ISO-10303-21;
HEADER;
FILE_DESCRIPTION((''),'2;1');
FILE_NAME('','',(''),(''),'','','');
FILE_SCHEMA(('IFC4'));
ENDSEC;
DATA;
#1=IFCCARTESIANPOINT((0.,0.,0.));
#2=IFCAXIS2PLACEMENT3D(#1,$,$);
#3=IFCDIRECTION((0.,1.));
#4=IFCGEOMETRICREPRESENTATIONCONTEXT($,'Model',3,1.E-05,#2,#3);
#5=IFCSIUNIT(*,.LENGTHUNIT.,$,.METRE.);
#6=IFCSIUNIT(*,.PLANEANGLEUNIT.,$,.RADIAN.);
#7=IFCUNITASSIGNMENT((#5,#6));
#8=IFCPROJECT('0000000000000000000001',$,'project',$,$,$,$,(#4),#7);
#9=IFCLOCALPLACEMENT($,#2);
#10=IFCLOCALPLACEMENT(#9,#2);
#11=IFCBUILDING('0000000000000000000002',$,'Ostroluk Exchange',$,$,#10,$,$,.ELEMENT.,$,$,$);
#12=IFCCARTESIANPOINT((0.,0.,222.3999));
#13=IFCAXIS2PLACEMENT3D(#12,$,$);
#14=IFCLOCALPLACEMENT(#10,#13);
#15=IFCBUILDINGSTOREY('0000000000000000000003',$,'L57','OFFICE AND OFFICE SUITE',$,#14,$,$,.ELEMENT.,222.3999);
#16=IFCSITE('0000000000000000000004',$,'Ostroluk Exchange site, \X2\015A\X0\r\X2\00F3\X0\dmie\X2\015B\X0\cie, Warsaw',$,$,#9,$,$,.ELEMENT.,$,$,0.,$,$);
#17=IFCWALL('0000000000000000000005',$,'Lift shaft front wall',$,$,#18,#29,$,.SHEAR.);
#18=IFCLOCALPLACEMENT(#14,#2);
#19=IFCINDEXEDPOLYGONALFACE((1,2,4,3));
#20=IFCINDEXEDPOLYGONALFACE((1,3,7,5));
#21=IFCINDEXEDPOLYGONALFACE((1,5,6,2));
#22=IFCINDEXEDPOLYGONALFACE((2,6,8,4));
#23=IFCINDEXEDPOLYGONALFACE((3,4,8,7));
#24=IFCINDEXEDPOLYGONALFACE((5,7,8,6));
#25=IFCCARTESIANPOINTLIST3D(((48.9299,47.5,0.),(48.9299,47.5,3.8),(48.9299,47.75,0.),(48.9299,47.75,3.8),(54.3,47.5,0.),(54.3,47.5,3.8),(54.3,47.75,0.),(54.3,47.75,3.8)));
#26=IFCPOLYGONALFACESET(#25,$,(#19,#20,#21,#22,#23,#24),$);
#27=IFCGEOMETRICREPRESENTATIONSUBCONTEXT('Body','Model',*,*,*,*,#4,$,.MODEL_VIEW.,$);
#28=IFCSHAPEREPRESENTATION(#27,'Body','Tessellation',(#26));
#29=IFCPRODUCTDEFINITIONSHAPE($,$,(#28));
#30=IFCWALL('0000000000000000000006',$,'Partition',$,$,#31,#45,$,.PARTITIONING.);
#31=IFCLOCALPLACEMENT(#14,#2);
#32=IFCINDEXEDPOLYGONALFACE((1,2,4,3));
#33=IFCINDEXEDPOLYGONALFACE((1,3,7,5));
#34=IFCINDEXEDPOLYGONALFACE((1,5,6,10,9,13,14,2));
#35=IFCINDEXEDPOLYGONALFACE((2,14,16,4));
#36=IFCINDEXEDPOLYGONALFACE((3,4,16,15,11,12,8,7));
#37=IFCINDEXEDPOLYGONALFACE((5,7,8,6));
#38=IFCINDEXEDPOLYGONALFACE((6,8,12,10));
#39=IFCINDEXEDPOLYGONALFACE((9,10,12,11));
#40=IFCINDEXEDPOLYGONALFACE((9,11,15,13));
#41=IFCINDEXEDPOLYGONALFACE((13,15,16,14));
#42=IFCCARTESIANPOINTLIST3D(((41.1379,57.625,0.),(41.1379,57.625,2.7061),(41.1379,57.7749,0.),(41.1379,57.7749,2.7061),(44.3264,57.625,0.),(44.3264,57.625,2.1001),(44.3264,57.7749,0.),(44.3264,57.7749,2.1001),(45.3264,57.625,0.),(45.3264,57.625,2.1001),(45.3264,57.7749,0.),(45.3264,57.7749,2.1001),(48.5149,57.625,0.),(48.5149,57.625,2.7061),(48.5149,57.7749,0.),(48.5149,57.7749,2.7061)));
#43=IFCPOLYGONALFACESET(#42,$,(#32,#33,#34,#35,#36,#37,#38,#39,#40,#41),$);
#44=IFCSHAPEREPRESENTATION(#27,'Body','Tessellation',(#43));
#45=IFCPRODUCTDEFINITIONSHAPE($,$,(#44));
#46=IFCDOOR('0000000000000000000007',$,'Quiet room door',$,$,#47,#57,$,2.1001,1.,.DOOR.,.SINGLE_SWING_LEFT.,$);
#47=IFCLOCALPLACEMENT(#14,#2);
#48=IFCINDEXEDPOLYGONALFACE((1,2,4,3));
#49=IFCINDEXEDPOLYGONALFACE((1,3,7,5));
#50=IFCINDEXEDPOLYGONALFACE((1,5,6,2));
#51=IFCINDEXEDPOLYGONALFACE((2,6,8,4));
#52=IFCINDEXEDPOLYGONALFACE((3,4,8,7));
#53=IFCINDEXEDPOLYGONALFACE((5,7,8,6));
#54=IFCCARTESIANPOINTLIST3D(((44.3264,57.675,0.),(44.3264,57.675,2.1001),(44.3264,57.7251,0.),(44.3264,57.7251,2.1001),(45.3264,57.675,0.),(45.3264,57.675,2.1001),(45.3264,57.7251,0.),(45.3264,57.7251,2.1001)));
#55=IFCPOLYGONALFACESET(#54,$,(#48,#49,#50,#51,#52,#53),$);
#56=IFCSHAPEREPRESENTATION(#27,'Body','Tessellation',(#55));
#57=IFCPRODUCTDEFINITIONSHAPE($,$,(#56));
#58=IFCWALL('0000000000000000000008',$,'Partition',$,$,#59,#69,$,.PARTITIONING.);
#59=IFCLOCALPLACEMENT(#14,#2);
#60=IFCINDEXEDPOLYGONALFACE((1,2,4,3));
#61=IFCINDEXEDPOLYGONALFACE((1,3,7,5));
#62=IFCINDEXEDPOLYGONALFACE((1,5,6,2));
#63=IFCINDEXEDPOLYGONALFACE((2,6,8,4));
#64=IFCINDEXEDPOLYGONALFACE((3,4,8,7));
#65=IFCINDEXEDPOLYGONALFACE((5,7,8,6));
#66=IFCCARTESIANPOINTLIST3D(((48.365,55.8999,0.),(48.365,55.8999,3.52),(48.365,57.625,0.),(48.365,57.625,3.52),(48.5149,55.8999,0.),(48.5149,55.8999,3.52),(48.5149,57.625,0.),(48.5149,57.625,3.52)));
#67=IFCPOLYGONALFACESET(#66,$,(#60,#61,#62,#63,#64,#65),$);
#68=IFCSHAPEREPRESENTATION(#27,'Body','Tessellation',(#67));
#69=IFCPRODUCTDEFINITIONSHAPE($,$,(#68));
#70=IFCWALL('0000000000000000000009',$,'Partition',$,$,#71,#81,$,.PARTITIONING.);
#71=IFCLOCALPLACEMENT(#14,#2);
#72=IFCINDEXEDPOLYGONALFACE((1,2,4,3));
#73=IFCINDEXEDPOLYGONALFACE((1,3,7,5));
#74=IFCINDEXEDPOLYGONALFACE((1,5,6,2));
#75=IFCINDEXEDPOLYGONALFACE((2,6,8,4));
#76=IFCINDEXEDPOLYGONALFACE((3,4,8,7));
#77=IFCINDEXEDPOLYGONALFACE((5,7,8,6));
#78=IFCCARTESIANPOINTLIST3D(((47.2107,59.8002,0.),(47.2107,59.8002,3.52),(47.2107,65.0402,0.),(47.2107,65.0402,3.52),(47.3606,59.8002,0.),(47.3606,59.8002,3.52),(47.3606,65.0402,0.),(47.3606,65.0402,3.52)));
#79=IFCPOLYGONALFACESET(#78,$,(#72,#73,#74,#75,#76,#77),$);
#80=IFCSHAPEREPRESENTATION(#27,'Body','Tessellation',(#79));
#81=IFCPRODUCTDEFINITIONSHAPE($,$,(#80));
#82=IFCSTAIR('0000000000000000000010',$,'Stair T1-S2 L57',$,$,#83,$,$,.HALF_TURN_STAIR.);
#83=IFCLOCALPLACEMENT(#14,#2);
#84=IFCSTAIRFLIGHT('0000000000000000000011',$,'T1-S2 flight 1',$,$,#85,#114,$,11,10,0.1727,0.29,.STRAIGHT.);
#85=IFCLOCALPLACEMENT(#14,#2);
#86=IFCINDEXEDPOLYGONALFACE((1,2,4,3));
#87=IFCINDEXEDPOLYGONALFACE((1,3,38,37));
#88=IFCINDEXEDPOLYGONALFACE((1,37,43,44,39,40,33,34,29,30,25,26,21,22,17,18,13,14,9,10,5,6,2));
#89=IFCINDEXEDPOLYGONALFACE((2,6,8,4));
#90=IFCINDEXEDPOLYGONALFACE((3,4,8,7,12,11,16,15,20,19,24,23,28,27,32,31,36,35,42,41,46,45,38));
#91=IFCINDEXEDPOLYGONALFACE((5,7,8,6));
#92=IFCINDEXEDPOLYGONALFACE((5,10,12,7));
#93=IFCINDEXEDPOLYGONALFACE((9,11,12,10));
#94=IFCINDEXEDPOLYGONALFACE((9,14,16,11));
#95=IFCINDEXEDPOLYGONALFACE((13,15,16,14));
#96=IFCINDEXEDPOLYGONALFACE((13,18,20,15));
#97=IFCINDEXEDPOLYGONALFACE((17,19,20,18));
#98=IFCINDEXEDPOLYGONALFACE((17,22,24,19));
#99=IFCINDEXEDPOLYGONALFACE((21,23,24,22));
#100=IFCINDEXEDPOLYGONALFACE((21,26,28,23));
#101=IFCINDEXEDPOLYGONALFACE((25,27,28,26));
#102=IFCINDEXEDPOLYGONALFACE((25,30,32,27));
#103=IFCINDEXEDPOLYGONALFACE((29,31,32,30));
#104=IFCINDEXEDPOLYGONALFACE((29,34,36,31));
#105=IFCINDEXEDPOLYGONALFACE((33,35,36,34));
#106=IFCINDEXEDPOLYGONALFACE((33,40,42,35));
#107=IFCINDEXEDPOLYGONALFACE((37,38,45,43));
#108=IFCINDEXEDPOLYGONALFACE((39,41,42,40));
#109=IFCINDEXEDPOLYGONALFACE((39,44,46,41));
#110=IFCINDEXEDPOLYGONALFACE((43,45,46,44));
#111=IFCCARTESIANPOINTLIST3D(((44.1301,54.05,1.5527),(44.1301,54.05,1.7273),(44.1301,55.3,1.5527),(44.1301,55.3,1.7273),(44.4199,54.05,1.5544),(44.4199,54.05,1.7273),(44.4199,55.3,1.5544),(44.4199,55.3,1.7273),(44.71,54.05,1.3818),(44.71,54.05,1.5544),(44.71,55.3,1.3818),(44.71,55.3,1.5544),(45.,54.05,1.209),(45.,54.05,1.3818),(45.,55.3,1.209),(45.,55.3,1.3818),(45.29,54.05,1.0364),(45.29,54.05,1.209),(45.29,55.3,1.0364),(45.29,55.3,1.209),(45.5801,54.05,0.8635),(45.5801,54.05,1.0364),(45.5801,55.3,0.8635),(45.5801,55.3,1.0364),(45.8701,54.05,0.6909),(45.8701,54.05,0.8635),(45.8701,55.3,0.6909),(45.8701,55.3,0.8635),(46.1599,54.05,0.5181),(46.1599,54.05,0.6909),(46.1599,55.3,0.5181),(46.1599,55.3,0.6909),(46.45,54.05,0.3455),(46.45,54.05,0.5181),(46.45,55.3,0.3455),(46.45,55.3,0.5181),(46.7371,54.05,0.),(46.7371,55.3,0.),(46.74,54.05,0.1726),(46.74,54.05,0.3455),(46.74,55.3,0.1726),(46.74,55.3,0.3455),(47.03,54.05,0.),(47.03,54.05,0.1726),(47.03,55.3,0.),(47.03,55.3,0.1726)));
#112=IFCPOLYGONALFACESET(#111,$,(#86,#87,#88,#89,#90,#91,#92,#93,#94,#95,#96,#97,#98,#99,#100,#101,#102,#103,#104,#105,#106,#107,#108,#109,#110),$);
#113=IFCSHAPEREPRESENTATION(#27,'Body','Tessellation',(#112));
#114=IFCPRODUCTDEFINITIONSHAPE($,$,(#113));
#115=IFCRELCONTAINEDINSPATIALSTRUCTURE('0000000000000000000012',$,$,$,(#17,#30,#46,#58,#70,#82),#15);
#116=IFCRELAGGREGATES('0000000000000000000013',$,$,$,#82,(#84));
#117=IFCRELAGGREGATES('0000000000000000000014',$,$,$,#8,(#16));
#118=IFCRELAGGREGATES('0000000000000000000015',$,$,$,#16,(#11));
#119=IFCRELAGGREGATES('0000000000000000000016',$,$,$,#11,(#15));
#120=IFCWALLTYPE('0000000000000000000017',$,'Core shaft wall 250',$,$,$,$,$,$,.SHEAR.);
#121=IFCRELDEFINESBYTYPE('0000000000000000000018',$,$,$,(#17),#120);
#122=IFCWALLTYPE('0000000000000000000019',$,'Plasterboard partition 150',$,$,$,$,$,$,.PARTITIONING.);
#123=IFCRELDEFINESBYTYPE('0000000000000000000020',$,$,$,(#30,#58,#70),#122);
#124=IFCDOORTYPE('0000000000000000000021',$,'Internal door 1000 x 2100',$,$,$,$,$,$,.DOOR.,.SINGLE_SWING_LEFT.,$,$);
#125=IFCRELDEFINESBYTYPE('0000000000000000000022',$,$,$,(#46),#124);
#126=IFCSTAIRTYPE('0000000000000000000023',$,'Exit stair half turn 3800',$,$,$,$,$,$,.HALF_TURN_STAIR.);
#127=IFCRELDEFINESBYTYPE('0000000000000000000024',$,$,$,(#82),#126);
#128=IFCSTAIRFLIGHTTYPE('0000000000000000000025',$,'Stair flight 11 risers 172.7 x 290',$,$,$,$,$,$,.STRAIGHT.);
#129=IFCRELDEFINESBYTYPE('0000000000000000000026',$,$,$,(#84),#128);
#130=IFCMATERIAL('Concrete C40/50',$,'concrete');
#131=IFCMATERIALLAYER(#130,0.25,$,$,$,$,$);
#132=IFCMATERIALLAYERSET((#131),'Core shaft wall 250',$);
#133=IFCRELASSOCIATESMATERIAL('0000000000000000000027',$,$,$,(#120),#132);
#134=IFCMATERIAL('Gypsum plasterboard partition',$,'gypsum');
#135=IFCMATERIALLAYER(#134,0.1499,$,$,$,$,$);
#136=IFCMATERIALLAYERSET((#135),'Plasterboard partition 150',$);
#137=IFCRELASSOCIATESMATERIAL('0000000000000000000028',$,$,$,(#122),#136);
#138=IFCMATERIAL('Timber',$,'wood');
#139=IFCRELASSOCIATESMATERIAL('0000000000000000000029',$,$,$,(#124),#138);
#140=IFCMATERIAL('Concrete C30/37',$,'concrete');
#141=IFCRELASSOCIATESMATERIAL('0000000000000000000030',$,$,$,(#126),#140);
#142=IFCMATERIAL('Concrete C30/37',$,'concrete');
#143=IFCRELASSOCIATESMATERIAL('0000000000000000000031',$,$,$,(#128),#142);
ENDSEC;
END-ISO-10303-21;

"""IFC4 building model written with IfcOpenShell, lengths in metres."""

from ifc_helpers import new_model, si_unit, direction, frame, frame_2d, origin, place, context, subcontext, project, spatial, polyline, rectangle, outline, extrude, material, layer, layer_set, type_object, element, fill, aggregate, save


model = new_model("IFC4")

# Units and contexts
model_context = context("Model", 3, precision=1e-05, world=origin(), true_north=direction((0.0, 1.0)))
body_context = subcontext(model_context, "Body", "Model", "MODEL_VIEW")
ifc_project = project(units=[si_unit("LENGTHUNIT", "METRE"), si_unit("PLANEANGLEUNIT", "RADIAN")], contexts=[model_context])

# Site, building, storey
site_placement = place(None, origin())
site = spatial("IfcSite", under=ifc_project, at=site_placement, Name="Ostroluk Exchange site, Śródmieście, Warsaw", CompositionType="ELEMENT", RefElevation=0.0)
building_placement = place(site_placement, origin())
building = spatial("IfcBuilding", under=site, at=building_placement, Name="Ostroluk Exchange", CompositionType="ELEMENT")
storey_placement = place(building_placement, frame((0.0, 0.0, 222.3999)))
storey = spatial("IfcBuildingStorey", under=building, at=storey_placement, Name="L57", Description="OFFICE AND OFFICE SUITE", CompositionType="ELEMENT", Elevation=222.3999)

# Shared definitions
ifc_material_1 = material(Name="Concrete C40/50", Category="concrete")
ifc_layer_1 = layer(ifc_material_1, 0.25)
ifc_layer_set_1 = layer_set([ifc_layer_1], Name="Core shaft wall 250")
wall_type_1 = type_object("IfcWallType", Name="Core shaft wall 250", PredefinedType="SHEAR", material=ifc_layer_set_1)

# Wall
wall_1_placement = place(storey_placement, frame((48.9299, 47.625, 0.0), z_axis=(0.0, 0.0, 1.0), x_axis=(1.0, 0.0, 0.0)))
element("IfcWall", 1, at=wall_1_placement, inside=storey, type_object=wall_type_1, Name="Lift shaft front wall", PredefinedType="SHEAR", context=body_context, shape_type="SweptSolid", body=[
    extrude(rectangle(XDim=5.3701, YDim=0.25, at=frame_2d((2.6851, 0.0))), origin(), (0.0, 0.0, 1.0), 3.8),
])

# Wall, opening, door
ifc_material_2 = material(Name="Gypsum plasterboard partition", Category="gypsum")
ifc_layer_2 = layer(ifc_material_2, 0.1499)
ifc_layer_set_2 = layer_set([ifc_layer_2], Name="Plasterboard partition 150")
wall_type_2 = type_object("IfcWallType", Name="Plasterboard partition 150", PredefinedType="PARTITIONING", material=ifc_layer_set_2)
wall_2_placement = place(storey_placement, frame((48.5149, 57.7, 0.0), z_axis=(0.0, 0.0, 1.0), x_axis=(-1.0, 0.0, 0.0)))
wall_2 = element("IfcWall", 2, at=wall_2_placement, inside=storey, type_object=wall_type_2, Name="Partition", PredefinedType="PARTITIONING", context=body_context, shape_type="SweptSolid", body=[
    extrude(rectangle(XDim=7.377, YDim=0.1499, at=frame_2d((3.6885, 0.0))), origin(), (0.0, 0.0, 1.0), 2.7061),
])
opening_1_placement = place(wall_2_placement, frame((3.1885, 0.0, 0.0)))
opening_1 = element("IfcOpeningElement", 3, at=opening_1_placement, cuts=wall_2, PredefinedType="OPENING", context=body_context, shape_type="SweptSolid", body=[
    extrude(rectangle(XDim=1.0, YDim=2.1001, at=frame_2d((0.5, 1.05))), frame((0.0, 0.085, 0.0), z_axis=(0.0, -1.0, 0.0), x_axis=(1.0, 0.0, 0.0)), (0.0, 0.0, 1.0), 0.1699),
])
ifc_material_3 = material(Name="Timber", Category="wood")
door_type_1 = type_object("IfcDoorType", Name="Internal door 1000 x 2100", OperationType="SINGLE_SWING_LEFT", PredefinedType="DOOR", material=ifc_material_3)
door_1_placement = place(opening_1_placement, origin())
door_1 = element("IfcDoor", 4, at=door_1_placement, inside=storey, type_object=door_type_1, Name="Quiet room door", OperationType="SINGLE_SWING_LEFT", OverallHeight=2.1001, OverallWidth=1.0, PredefinedType="DOOR", context=body_context, shape_type="SweptSolid", body=[
    extrude(rectangle(XDim=1.0, YDim=2.1001, at=frame_2d((0.5, 1.05))), frame((0.0, 0.0249, 0.0), z_axis=(0.0, -1.0, 0.0), x_axis=(1.0, 0.0, 0.0)), (0.0, 0.0, 1.0), 0.05),
])
fill(opening_1, door_1)

# Walls
wall_3_placement = place(storey_placement, frame((48.4399, 55.8999, 0.0), z_axis=(0.0, 0.0, 1.0), x_axis=(0.0, 1.0, 0.0)))
element("IfcWall", 5, at=wall_3_placement, inside=storey, type_object=wall_type_2, Name="Partition", PredefinedType="PARTITIONING", context=body_context, shape_type="SweptSolid", body=[
    extrude(rectangle(XDim=1.7251, YDim=0.1499, at=frame_2d((0.8625, 0.0))), origin(), (0.0, 0.0, 1.0), 3.52),
])
wall_4_placement = place(storey_placement, frame((47.2856, 59.8, 0.0), z_axis=(0.0, 0.0, 1.0), x_axis=(0.0, 1.0, 0.0)))
element("IfcWall", 6, at=wall_4_placement, inside=storey, type_object=wall_type_2, Name="Partition", PredefinedType="PARTITIONING", context=body_context, shape_type="SweptSolid", body=[
    extrude(rectangle(XDim=5.24, YDim=0.1499, at=frame_2d((2.6201, 0.0))), origin(), (0.0, 0.0, 1.0), 3.52),
])

# Stair, stair flight
ifc_material_4 = material(Name="Concrete C30/37", Category="concrete")
stair_type = type_object("IfcStairType", Name="Exit stair half turn 3800", PredefinedType="HALF_TURN_STAIR", material=ifc_material_4)
stair_placement = place(storey_placement, origin())
stair = element("IfcStair", 7, at=stair_placement, inside=storey, type_object=stair_type, Name="Stair T1-S2 L57", PredefinedType="HALF_TURN_STAIR")
ifc_material_5 = material(Name="Concrete C30/37", Category="concrete")
stair_flight_type = type_object("IfcStairFlightType", Name="Stair flight 11 risers 172.7 x 290", PredefinedType="STRAIGHT", material=ifc_material_5)
stair_flight_placement = place(storey_placement, frame((47.03, 54.675, 0.0), z_axis=(0.0, 0.0, 1.0), x_axis=(-1.0, 0.0, 0.0)))
stair_flight = element("IfcStairFlight", 8, at=stair_flight_placement, type_object=stair_flight_type, Name="T1-S2 flight 1", NumberOfRisers=11, NumberOfTreads=10, PredefinedType="STRAIGHT", RiserHeight=0.1727, TreadLength=0.29, context=body_context, shape_type="SweptSolid", body=[
    extrude(outline(polyline([(0.0, 0.0), (0.0, 0.1726), (0.29, 0.1726), (0.29, 0.3455), (0.5801, 0.3455), (0.5801, 0.5181), (0.8701, 0.5181), (0.8701, 0.6909), (1.1599, 0.6909), (1.1599, 0.8635), (1.45, 0.8635), (1.45, 1.0364), (1.74, 1.0364), (1.74, 1.209), (2.03, 1.209), (2.03, 1.3818), (2.3201, 1.3818), (2.3201, 1.5544), (2.6101, 1.5544), (2.6101, 1.7273), (2.8999, 1.7273), (2.8999, 1.8999), (2.8999, 1.5527), (0.293, 0.0), (0.0, 0.0)])), frame((0.0, 0.625, 0.0), z_axis=(0.0, -1.0, 0.0), x_axis=(1.0, 0.0, 0.0)), (0.0, 0.0, 1.0), 1.25),
])
aggregate(stair, [stair_flight])

save(model, "model.ifc")
